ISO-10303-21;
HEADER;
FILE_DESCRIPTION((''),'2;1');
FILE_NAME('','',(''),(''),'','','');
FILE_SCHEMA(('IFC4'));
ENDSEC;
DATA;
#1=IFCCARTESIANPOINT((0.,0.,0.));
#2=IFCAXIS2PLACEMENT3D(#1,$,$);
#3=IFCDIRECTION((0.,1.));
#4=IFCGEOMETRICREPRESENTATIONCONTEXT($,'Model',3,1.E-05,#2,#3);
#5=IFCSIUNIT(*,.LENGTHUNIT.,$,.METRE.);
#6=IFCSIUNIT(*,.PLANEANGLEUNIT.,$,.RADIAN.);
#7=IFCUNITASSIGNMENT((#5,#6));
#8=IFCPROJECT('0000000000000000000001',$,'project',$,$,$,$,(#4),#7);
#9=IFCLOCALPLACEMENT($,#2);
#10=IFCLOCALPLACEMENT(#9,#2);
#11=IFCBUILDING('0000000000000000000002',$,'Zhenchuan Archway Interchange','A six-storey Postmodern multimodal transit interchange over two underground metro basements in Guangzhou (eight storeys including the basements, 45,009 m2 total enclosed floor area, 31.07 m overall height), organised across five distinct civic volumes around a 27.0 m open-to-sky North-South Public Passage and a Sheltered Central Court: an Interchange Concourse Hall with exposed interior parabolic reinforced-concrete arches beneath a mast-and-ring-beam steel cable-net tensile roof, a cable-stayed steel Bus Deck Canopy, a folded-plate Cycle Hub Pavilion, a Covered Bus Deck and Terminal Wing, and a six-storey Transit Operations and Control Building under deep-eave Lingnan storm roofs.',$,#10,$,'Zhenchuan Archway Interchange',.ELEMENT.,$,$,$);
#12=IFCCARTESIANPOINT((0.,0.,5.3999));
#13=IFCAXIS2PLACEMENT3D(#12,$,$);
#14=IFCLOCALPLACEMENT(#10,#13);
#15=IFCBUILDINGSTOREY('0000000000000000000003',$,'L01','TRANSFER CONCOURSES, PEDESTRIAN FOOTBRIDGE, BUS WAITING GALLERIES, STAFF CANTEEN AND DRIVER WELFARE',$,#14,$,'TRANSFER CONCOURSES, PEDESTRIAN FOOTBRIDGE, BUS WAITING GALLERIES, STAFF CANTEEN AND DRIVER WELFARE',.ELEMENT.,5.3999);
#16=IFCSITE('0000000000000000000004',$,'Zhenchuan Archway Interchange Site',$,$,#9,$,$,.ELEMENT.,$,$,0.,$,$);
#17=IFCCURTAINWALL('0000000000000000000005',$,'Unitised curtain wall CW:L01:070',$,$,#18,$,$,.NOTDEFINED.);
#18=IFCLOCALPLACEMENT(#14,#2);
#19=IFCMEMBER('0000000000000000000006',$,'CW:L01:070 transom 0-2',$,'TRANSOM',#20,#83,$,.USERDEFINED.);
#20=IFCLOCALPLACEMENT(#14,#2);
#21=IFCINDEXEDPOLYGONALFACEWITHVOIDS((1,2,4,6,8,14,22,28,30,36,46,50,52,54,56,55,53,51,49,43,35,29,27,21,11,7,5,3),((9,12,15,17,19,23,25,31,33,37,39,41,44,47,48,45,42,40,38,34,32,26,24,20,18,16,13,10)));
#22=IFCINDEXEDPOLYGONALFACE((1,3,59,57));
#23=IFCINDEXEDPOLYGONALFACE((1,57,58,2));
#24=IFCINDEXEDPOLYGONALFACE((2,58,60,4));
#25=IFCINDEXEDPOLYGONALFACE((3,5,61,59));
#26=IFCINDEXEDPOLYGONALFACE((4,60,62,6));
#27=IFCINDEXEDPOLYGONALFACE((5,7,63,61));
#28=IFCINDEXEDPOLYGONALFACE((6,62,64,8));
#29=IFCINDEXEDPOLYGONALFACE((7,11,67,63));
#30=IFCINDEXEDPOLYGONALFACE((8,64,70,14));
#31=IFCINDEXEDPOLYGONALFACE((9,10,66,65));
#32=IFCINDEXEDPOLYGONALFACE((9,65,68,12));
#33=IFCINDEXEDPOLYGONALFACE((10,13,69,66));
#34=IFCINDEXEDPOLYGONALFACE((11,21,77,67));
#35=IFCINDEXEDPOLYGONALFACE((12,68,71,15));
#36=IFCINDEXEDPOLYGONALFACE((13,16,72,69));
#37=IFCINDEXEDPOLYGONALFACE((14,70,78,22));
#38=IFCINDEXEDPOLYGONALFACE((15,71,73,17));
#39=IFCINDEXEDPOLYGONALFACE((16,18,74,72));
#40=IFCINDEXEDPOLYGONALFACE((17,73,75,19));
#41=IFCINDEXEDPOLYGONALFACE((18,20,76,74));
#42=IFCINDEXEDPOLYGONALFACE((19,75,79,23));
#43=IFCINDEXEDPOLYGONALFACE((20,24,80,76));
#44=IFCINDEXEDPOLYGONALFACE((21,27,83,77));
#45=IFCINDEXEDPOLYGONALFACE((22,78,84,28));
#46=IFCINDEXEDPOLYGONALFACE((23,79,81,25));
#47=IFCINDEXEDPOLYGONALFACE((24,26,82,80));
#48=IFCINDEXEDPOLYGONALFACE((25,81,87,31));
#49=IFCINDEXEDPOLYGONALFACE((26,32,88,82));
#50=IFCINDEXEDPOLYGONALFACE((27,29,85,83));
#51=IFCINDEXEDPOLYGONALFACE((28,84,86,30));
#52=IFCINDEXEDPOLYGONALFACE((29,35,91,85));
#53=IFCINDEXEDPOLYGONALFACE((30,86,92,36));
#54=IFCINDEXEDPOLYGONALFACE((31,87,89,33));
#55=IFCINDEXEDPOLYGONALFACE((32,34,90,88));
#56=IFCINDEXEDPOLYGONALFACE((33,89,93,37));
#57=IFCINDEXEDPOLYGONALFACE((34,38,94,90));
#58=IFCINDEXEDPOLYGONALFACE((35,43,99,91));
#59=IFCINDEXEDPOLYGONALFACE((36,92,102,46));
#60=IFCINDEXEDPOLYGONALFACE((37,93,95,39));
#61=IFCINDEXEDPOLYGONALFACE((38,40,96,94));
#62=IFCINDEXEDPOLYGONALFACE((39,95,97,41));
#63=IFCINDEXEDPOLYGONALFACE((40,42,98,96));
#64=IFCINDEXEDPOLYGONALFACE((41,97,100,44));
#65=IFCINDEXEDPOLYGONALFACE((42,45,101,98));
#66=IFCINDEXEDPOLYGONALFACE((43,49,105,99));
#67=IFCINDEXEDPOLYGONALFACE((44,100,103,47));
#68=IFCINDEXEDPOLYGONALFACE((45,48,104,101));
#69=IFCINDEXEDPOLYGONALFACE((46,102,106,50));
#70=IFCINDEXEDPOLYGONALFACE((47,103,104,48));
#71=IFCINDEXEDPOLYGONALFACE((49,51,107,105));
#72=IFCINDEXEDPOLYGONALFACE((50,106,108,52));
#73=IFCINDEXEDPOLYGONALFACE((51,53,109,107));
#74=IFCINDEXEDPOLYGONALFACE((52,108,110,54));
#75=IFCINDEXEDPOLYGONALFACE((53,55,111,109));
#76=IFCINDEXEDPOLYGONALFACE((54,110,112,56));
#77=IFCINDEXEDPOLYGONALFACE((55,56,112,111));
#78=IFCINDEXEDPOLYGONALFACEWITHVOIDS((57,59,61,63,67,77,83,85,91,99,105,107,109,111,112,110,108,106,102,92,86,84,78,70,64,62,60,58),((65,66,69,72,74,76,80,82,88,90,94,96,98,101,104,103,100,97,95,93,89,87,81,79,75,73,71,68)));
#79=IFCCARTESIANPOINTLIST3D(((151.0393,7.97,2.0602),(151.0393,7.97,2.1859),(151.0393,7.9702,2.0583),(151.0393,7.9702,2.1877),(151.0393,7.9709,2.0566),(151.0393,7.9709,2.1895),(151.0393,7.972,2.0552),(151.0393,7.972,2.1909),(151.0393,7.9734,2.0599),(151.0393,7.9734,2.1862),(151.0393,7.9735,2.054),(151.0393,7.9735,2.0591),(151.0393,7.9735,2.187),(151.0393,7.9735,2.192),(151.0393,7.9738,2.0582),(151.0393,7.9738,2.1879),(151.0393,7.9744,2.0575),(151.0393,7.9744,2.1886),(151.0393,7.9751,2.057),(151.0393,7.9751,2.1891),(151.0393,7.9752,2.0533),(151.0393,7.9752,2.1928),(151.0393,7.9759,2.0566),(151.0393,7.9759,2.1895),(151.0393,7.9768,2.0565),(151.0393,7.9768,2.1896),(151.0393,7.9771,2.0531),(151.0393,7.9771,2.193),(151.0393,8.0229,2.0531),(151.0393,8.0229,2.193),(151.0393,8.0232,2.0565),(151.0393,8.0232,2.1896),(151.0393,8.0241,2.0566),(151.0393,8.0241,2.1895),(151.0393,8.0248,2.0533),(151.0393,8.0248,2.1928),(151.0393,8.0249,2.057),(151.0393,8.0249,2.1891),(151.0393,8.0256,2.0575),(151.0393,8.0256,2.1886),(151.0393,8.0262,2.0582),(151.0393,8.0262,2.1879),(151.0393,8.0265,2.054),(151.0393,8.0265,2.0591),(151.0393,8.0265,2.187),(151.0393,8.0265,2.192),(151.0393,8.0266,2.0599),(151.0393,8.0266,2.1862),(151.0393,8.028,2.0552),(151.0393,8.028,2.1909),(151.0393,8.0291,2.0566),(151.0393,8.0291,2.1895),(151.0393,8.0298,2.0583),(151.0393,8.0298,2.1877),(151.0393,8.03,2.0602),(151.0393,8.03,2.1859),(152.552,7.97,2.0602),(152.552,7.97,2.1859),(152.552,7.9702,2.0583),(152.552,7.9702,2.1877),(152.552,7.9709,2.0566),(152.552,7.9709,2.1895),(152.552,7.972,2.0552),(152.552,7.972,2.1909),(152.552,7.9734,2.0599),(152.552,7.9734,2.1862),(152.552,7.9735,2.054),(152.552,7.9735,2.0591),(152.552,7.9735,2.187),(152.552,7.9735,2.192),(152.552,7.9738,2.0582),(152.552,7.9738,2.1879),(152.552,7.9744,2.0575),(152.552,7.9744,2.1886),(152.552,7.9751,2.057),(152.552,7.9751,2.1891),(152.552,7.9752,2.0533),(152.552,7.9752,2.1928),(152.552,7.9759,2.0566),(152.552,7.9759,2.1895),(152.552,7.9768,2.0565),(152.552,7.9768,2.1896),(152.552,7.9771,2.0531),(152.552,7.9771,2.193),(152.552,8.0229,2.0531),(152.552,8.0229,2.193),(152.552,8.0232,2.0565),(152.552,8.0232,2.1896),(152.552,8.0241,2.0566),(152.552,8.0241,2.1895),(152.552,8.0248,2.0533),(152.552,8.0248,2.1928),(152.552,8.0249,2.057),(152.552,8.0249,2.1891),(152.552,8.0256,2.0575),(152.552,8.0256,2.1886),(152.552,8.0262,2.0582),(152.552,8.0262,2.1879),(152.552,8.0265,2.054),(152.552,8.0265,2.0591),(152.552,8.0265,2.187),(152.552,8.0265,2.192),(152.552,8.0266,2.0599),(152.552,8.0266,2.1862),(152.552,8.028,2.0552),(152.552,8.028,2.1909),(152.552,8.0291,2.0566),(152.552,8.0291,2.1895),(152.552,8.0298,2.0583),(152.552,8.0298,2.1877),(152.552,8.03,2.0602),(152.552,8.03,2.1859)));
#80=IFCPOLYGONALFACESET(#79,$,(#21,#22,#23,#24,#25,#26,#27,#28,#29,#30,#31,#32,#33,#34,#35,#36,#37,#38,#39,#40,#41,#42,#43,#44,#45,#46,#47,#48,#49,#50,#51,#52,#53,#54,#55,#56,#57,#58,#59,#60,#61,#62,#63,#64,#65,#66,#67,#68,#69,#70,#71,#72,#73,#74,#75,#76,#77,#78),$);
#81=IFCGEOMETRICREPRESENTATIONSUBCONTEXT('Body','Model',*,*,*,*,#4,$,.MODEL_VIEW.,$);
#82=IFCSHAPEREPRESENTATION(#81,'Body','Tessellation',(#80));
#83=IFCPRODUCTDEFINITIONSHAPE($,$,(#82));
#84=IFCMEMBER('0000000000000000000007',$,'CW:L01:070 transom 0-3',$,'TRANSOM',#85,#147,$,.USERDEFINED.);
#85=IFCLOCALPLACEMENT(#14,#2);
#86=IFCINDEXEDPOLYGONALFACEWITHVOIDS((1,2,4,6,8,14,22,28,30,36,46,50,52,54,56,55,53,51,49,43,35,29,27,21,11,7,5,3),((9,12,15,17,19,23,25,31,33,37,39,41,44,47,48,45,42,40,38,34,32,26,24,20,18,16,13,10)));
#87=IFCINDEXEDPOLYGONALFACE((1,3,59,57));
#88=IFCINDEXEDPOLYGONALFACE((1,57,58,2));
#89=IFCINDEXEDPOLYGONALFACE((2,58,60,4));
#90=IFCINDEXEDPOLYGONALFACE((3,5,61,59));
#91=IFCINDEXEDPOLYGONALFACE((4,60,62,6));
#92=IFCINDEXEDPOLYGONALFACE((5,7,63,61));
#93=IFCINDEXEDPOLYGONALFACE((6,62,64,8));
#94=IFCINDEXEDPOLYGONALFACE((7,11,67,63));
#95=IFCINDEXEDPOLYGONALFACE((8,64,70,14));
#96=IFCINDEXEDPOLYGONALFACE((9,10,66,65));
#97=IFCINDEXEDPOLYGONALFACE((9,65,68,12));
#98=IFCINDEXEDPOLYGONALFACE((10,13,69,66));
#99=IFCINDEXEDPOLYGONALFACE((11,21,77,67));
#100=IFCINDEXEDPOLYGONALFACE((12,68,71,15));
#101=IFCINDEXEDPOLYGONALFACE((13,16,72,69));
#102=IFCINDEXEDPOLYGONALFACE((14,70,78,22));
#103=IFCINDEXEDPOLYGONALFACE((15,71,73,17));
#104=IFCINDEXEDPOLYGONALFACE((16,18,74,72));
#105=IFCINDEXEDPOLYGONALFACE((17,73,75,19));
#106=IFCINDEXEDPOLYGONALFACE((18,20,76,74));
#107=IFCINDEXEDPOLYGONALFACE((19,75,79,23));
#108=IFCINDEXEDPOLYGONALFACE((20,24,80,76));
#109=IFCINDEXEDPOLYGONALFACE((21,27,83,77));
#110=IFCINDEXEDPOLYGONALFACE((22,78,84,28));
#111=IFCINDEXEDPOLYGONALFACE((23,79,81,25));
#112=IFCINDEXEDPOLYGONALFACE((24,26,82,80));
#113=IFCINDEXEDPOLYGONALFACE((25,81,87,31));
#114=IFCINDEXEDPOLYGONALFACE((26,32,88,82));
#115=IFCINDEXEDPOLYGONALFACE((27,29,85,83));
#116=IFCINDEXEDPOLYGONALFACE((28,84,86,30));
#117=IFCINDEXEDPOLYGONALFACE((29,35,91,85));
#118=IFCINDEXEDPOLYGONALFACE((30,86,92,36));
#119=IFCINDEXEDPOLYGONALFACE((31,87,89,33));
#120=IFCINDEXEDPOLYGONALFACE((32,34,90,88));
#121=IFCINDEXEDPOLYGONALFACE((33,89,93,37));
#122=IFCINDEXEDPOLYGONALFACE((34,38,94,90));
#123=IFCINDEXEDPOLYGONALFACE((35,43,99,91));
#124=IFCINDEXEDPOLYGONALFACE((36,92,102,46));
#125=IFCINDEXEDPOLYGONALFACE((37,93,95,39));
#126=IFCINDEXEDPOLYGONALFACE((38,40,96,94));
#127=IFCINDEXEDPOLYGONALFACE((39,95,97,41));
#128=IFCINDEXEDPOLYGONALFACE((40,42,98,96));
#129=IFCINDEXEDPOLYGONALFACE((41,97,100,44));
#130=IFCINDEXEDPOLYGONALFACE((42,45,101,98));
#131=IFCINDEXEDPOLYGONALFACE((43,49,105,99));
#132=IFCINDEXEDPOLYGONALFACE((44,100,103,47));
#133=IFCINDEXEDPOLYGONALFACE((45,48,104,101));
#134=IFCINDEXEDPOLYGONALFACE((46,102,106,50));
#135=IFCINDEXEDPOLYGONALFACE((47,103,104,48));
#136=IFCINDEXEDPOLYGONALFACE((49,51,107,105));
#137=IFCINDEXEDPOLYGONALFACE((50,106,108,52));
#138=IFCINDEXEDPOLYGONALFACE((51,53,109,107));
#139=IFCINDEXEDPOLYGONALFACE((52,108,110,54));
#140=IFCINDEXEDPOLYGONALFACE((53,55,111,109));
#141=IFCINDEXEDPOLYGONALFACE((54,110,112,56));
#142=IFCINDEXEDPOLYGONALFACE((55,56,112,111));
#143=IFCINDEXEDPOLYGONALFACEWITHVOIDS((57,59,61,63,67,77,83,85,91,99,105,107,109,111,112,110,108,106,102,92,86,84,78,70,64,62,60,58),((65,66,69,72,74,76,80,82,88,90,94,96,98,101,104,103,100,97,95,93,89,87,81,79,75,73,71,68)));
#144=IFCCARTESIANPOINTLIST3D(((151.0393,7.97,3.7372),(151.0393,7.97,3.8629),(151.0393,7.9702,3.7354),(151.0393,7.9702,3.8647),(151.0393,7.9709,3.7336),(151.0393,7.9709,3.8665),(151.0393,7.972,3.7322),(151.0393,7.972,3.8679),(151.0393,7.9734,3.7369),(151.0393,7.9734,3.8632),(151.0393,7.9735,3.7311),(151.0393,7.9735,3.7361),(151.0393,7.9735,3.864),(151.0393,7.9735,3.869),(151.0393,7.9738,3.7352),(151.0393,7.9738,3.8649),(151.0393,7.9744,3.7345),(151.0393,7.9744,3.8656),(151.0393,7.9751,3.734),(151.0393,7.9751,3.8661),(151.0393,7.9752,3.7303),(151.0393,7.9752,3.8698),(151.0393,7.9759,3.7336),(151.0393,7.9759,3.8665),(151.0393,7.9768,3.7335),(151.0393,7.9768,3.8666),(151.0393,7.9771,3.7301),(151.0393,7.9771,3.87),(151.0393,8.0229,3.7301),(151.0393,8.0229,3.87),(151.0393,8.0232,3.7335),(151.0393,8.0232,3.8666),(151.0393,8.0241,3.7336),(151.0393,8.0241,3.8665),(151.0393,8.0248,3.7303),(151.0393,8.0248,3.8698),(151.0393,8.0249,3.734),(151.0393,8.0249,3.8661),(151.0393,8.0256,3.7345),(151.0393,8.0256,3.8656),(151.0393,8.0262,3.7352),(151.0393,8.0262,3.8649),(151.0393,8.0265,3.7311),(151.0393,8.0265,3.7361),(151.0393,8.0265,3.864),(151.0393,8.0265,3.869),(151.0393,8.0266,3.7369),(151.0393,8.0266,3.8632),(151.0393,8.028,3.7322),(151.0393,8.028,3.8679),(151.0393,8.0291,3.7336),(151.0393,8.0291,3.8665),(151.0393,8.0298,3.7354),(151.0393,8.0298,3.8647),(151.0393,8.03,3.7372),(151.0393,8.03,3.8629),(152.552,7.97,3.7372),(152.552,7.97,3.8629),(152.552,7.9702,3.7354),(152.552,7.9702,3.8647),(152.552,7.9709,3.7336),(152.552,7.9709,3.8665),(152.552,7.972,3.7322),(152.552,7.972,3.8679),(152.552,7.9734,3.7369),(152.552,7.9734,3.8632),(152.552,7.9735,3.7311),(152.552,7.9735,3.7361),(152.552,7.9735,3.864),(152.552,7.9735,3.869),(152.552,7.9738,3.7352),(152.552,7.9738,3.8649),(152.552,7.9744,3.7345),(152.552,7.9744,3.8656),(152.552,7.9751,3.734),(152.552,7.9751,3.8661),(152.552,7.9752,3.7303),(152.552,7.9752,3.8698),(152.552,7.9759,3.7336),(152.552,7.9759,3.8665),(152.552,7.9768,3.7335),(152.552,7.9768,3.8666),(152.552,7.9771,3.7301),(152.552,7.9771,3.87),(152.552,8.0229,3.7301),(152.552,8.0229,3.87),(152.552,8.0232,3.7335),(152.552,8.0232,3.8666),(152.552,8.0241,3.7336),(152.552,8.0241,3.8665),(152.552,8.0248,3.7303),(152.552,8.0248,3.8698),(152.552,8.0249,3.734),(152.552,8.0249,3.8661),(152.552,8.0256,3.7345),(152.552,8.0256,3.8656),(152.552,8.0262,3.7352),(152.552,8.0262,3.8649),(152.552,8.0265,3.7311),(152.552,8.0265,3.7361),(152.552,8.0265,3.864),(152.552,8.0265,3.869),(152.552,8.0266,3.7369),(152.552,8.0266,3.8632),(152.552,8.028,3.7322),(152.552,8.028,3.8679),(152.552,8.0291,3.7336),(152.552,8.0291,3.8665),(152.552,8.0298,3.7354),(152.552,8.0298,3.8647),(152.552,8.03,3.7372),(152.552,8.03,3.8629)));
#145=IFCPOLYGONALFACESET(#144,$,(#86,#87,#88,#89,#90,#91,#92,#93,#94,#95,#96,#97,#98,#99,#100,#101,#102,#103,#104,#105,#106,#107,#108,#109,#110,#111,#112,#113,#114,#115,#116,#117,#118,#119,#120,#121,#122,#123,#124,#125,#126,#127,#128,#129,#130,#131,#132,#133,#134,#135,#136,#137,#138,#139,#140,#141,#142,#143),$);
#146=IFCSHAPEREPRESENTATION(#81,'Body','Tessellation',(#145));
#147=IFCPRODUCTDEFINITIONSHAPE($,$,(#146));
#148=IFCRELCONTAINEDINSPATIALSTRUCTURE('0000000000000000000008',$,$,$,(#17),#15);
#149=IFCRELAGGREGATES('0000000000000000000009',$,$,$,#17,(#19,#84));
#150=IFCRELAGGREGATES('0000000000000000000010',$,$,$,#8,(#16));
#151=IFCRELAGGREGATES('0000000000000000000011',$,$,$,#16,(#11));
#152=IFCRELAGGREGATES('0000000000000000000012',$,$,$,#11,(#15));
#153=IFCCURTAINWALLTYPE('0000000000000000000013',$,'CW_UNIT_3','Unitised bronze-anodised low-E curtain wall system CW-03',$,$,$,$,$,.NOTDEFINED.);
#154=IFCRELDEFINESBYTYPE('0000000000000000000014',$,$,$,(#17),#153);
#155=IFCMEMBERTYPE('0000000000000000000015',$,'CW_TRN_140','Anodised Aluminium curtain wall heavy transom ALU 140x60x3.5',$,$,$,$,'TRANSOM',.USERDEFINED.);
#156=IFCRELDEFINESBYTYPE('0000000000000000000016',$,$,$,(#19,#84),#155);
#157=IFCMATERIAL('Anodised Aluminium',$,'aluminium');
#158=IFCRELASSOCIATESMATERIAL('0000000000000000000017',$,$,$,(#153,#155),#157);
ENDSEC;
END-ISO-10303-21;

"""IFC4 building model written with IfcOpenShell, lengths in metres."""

from ifc_helpers import new_model, si_unit, direction, frame, origin, origin_2d, place, context, subcontext, project, spatial, hollow_rectangle, extrude, material, material_profile, profile_set, type_object, element, aggregate, save


model = new_model("IFC4")

# Units and contexts
model_context = context("Model", 3, precision=1e-05, world=origin(), true_north=direction((0.0, 1.0)))
body_context = subcontext(model_context, "Body", "Model", "MODEL_VIEW")
ifc_project = project(units=[si_unit("LENGTHUNIT", "METRE"), si_unit("PLANEANGLEUNIT", "RADIAN")], contexts=[model_context])

# Site, building, storey
site_placement = place(None, origin())
site = spatial("IfcSite", under=ifc_project, at=site_placement, Name="Zhenchuan Archway Interchange Site", CompositionType="ELEMENT", RefElevation=0.0)
building_placement = place(site_placement, origin())
building = spatial("IfcBuilding", under=site, at=building_placement, Name="Zhenchuan Archway Interchange", Description="A six-storey Postmodern multimodal transit interchange over two underground metro basements in Guangzhou (eight storeys including the basements, 45,009 m2 total enclosed floor area, 31.07 m overall height), organised across five distinct civic volumes around a 27.0 m open-to-sky North-South Public Passage and a Sheltered Central Court: an Interchange Concourse Hall with exposed interior parabolic reinforced-concrete arches beneath a mast-and-ring-beam steel cable-net tensile roof, a cable-stayed steel Bus Deck Canopy, a folded-plate Cycle Hub Pavilion, a Covered Bus Deck and Terminal Wing, and a six-storey Transit Operations and Control Building under deep-eave Lingnan storm roofs.", LongName="Zhenchuan Archway Interchange", CompositionType="ELEMENT")
storey_placement = place(building_placement, frame((0.0, 0.0, 5.3999)))
storey = spatial("IfcBuildingStorey", under=building, at=storey_placement, Name="L01", Description="TRANSFER CONCOURSES, PEDESTRIAN FOOTBRIDGE, BUS WAITING GALLERIES, STAFF CANTEEN AND DRIVER WELFARE", LongName="TRANSFER CONCOURSES, PEDESTRIAN FOOTBRIDGE, BUS WAITING GALLERIES, STAFF CANTEEN AND DRIVER WELFARE", CompositionType="ELEMENT", Elevation=5.3999)

# Curtain wall, members
ifc_material_1 = material(Name="Anodised Aluminium", Category="aluminium")
curtain_wall_type = type_object("IfcCurtainWallType", Name="CW_UNIT_3", Description="Unitised bronze-anodised low-E curtain wall system CW-03", PredefinedType="NOTDEFINED", material=ifc_material_1)
curtain_wall_placement = place(storey_placement, origin())
curtain_wall = element("IfcCurtainWall", 1, at=curtain_wall_placement, inside=storey, type_object=curtain_wall_type, Name="Unitised curtain wall CW:L01:070", PredefinedType="NOTDEFINED")
ifc_material_profile_1 = material_profile(ifc_material_1, hollow_rectangle(XDim=0.0601, YDim=0.1399, WallThickness=0.0034, InnerFilletRadius=0.0034, OuterFilletRadius=0.0071, at=origin_2d()), Name="ALU 140x60x3.5")
ifc_profile_set_1 = profile_set([ifc_material_profile_1], Name="Anodised Aluminium")
member_type_1 = type_object("IfcMemberType", Name="CW_TRN_140", Description="Anodised Aluminium curtain wall heavy transom ALU 140x60x3.5", ElementType="TRANSOM", PredefinedType="USERDEFINED", material=ifc_profile_set_1)
member_1_placement = place(storey_placement, frame((152.552, 8.0, 2.123), z_axis=(-1.0, 0.0, 0.0), x_axis=(0.0, -1.0, 0.0)))
member_1 = element("IfcMember", 2, at=member_1_placement, type_object=member_type_1, Name="CW:L01:070 transom 0-2", ObjectType="TRANSOM", PredefinedType="USERDEFINED", context=body_context, shape_type="SweptSolid", body=[
    extrude(hollow_rectangle(XDim=0.0601, YDim=0.1399, WallThickness=0.0034, InnerFilletRadius=0.0034, OuterFilletRadius=0.0071, at=origin_2d()), origin(), (0.0, 0.0, 1.0), 1.5127),
])
member_2_placement = place(storey_placement, frame((152.552, 8.0, 3.8), z_axis=(-1.0, 0.0, 0.0), x_axis=(0.0, -1.0, 0.0)))
member_2 = element("IfcMember", 3, at=member_2_placement, type_object=member_type_1, Name="CW:L01:070 transom 0-3", ObjectType="TRANSOM", PredefinedType="USERDEFINED", context=body_context, shape_type="SweptSolid", body=[
    extrude(hollow_rectangle(XDim=0.0601, YDim=0.1399, WallThickness=0.0034, InnerFilletRadius=0.0034, OuterFilletRadius=0.0071, at=origin_2d()), origin(), (0.0, 0.0, 1.0), 1.5127),
])

aggregate(curtain_wall, [member_1, member_2])

save(model, "model.ifc")
